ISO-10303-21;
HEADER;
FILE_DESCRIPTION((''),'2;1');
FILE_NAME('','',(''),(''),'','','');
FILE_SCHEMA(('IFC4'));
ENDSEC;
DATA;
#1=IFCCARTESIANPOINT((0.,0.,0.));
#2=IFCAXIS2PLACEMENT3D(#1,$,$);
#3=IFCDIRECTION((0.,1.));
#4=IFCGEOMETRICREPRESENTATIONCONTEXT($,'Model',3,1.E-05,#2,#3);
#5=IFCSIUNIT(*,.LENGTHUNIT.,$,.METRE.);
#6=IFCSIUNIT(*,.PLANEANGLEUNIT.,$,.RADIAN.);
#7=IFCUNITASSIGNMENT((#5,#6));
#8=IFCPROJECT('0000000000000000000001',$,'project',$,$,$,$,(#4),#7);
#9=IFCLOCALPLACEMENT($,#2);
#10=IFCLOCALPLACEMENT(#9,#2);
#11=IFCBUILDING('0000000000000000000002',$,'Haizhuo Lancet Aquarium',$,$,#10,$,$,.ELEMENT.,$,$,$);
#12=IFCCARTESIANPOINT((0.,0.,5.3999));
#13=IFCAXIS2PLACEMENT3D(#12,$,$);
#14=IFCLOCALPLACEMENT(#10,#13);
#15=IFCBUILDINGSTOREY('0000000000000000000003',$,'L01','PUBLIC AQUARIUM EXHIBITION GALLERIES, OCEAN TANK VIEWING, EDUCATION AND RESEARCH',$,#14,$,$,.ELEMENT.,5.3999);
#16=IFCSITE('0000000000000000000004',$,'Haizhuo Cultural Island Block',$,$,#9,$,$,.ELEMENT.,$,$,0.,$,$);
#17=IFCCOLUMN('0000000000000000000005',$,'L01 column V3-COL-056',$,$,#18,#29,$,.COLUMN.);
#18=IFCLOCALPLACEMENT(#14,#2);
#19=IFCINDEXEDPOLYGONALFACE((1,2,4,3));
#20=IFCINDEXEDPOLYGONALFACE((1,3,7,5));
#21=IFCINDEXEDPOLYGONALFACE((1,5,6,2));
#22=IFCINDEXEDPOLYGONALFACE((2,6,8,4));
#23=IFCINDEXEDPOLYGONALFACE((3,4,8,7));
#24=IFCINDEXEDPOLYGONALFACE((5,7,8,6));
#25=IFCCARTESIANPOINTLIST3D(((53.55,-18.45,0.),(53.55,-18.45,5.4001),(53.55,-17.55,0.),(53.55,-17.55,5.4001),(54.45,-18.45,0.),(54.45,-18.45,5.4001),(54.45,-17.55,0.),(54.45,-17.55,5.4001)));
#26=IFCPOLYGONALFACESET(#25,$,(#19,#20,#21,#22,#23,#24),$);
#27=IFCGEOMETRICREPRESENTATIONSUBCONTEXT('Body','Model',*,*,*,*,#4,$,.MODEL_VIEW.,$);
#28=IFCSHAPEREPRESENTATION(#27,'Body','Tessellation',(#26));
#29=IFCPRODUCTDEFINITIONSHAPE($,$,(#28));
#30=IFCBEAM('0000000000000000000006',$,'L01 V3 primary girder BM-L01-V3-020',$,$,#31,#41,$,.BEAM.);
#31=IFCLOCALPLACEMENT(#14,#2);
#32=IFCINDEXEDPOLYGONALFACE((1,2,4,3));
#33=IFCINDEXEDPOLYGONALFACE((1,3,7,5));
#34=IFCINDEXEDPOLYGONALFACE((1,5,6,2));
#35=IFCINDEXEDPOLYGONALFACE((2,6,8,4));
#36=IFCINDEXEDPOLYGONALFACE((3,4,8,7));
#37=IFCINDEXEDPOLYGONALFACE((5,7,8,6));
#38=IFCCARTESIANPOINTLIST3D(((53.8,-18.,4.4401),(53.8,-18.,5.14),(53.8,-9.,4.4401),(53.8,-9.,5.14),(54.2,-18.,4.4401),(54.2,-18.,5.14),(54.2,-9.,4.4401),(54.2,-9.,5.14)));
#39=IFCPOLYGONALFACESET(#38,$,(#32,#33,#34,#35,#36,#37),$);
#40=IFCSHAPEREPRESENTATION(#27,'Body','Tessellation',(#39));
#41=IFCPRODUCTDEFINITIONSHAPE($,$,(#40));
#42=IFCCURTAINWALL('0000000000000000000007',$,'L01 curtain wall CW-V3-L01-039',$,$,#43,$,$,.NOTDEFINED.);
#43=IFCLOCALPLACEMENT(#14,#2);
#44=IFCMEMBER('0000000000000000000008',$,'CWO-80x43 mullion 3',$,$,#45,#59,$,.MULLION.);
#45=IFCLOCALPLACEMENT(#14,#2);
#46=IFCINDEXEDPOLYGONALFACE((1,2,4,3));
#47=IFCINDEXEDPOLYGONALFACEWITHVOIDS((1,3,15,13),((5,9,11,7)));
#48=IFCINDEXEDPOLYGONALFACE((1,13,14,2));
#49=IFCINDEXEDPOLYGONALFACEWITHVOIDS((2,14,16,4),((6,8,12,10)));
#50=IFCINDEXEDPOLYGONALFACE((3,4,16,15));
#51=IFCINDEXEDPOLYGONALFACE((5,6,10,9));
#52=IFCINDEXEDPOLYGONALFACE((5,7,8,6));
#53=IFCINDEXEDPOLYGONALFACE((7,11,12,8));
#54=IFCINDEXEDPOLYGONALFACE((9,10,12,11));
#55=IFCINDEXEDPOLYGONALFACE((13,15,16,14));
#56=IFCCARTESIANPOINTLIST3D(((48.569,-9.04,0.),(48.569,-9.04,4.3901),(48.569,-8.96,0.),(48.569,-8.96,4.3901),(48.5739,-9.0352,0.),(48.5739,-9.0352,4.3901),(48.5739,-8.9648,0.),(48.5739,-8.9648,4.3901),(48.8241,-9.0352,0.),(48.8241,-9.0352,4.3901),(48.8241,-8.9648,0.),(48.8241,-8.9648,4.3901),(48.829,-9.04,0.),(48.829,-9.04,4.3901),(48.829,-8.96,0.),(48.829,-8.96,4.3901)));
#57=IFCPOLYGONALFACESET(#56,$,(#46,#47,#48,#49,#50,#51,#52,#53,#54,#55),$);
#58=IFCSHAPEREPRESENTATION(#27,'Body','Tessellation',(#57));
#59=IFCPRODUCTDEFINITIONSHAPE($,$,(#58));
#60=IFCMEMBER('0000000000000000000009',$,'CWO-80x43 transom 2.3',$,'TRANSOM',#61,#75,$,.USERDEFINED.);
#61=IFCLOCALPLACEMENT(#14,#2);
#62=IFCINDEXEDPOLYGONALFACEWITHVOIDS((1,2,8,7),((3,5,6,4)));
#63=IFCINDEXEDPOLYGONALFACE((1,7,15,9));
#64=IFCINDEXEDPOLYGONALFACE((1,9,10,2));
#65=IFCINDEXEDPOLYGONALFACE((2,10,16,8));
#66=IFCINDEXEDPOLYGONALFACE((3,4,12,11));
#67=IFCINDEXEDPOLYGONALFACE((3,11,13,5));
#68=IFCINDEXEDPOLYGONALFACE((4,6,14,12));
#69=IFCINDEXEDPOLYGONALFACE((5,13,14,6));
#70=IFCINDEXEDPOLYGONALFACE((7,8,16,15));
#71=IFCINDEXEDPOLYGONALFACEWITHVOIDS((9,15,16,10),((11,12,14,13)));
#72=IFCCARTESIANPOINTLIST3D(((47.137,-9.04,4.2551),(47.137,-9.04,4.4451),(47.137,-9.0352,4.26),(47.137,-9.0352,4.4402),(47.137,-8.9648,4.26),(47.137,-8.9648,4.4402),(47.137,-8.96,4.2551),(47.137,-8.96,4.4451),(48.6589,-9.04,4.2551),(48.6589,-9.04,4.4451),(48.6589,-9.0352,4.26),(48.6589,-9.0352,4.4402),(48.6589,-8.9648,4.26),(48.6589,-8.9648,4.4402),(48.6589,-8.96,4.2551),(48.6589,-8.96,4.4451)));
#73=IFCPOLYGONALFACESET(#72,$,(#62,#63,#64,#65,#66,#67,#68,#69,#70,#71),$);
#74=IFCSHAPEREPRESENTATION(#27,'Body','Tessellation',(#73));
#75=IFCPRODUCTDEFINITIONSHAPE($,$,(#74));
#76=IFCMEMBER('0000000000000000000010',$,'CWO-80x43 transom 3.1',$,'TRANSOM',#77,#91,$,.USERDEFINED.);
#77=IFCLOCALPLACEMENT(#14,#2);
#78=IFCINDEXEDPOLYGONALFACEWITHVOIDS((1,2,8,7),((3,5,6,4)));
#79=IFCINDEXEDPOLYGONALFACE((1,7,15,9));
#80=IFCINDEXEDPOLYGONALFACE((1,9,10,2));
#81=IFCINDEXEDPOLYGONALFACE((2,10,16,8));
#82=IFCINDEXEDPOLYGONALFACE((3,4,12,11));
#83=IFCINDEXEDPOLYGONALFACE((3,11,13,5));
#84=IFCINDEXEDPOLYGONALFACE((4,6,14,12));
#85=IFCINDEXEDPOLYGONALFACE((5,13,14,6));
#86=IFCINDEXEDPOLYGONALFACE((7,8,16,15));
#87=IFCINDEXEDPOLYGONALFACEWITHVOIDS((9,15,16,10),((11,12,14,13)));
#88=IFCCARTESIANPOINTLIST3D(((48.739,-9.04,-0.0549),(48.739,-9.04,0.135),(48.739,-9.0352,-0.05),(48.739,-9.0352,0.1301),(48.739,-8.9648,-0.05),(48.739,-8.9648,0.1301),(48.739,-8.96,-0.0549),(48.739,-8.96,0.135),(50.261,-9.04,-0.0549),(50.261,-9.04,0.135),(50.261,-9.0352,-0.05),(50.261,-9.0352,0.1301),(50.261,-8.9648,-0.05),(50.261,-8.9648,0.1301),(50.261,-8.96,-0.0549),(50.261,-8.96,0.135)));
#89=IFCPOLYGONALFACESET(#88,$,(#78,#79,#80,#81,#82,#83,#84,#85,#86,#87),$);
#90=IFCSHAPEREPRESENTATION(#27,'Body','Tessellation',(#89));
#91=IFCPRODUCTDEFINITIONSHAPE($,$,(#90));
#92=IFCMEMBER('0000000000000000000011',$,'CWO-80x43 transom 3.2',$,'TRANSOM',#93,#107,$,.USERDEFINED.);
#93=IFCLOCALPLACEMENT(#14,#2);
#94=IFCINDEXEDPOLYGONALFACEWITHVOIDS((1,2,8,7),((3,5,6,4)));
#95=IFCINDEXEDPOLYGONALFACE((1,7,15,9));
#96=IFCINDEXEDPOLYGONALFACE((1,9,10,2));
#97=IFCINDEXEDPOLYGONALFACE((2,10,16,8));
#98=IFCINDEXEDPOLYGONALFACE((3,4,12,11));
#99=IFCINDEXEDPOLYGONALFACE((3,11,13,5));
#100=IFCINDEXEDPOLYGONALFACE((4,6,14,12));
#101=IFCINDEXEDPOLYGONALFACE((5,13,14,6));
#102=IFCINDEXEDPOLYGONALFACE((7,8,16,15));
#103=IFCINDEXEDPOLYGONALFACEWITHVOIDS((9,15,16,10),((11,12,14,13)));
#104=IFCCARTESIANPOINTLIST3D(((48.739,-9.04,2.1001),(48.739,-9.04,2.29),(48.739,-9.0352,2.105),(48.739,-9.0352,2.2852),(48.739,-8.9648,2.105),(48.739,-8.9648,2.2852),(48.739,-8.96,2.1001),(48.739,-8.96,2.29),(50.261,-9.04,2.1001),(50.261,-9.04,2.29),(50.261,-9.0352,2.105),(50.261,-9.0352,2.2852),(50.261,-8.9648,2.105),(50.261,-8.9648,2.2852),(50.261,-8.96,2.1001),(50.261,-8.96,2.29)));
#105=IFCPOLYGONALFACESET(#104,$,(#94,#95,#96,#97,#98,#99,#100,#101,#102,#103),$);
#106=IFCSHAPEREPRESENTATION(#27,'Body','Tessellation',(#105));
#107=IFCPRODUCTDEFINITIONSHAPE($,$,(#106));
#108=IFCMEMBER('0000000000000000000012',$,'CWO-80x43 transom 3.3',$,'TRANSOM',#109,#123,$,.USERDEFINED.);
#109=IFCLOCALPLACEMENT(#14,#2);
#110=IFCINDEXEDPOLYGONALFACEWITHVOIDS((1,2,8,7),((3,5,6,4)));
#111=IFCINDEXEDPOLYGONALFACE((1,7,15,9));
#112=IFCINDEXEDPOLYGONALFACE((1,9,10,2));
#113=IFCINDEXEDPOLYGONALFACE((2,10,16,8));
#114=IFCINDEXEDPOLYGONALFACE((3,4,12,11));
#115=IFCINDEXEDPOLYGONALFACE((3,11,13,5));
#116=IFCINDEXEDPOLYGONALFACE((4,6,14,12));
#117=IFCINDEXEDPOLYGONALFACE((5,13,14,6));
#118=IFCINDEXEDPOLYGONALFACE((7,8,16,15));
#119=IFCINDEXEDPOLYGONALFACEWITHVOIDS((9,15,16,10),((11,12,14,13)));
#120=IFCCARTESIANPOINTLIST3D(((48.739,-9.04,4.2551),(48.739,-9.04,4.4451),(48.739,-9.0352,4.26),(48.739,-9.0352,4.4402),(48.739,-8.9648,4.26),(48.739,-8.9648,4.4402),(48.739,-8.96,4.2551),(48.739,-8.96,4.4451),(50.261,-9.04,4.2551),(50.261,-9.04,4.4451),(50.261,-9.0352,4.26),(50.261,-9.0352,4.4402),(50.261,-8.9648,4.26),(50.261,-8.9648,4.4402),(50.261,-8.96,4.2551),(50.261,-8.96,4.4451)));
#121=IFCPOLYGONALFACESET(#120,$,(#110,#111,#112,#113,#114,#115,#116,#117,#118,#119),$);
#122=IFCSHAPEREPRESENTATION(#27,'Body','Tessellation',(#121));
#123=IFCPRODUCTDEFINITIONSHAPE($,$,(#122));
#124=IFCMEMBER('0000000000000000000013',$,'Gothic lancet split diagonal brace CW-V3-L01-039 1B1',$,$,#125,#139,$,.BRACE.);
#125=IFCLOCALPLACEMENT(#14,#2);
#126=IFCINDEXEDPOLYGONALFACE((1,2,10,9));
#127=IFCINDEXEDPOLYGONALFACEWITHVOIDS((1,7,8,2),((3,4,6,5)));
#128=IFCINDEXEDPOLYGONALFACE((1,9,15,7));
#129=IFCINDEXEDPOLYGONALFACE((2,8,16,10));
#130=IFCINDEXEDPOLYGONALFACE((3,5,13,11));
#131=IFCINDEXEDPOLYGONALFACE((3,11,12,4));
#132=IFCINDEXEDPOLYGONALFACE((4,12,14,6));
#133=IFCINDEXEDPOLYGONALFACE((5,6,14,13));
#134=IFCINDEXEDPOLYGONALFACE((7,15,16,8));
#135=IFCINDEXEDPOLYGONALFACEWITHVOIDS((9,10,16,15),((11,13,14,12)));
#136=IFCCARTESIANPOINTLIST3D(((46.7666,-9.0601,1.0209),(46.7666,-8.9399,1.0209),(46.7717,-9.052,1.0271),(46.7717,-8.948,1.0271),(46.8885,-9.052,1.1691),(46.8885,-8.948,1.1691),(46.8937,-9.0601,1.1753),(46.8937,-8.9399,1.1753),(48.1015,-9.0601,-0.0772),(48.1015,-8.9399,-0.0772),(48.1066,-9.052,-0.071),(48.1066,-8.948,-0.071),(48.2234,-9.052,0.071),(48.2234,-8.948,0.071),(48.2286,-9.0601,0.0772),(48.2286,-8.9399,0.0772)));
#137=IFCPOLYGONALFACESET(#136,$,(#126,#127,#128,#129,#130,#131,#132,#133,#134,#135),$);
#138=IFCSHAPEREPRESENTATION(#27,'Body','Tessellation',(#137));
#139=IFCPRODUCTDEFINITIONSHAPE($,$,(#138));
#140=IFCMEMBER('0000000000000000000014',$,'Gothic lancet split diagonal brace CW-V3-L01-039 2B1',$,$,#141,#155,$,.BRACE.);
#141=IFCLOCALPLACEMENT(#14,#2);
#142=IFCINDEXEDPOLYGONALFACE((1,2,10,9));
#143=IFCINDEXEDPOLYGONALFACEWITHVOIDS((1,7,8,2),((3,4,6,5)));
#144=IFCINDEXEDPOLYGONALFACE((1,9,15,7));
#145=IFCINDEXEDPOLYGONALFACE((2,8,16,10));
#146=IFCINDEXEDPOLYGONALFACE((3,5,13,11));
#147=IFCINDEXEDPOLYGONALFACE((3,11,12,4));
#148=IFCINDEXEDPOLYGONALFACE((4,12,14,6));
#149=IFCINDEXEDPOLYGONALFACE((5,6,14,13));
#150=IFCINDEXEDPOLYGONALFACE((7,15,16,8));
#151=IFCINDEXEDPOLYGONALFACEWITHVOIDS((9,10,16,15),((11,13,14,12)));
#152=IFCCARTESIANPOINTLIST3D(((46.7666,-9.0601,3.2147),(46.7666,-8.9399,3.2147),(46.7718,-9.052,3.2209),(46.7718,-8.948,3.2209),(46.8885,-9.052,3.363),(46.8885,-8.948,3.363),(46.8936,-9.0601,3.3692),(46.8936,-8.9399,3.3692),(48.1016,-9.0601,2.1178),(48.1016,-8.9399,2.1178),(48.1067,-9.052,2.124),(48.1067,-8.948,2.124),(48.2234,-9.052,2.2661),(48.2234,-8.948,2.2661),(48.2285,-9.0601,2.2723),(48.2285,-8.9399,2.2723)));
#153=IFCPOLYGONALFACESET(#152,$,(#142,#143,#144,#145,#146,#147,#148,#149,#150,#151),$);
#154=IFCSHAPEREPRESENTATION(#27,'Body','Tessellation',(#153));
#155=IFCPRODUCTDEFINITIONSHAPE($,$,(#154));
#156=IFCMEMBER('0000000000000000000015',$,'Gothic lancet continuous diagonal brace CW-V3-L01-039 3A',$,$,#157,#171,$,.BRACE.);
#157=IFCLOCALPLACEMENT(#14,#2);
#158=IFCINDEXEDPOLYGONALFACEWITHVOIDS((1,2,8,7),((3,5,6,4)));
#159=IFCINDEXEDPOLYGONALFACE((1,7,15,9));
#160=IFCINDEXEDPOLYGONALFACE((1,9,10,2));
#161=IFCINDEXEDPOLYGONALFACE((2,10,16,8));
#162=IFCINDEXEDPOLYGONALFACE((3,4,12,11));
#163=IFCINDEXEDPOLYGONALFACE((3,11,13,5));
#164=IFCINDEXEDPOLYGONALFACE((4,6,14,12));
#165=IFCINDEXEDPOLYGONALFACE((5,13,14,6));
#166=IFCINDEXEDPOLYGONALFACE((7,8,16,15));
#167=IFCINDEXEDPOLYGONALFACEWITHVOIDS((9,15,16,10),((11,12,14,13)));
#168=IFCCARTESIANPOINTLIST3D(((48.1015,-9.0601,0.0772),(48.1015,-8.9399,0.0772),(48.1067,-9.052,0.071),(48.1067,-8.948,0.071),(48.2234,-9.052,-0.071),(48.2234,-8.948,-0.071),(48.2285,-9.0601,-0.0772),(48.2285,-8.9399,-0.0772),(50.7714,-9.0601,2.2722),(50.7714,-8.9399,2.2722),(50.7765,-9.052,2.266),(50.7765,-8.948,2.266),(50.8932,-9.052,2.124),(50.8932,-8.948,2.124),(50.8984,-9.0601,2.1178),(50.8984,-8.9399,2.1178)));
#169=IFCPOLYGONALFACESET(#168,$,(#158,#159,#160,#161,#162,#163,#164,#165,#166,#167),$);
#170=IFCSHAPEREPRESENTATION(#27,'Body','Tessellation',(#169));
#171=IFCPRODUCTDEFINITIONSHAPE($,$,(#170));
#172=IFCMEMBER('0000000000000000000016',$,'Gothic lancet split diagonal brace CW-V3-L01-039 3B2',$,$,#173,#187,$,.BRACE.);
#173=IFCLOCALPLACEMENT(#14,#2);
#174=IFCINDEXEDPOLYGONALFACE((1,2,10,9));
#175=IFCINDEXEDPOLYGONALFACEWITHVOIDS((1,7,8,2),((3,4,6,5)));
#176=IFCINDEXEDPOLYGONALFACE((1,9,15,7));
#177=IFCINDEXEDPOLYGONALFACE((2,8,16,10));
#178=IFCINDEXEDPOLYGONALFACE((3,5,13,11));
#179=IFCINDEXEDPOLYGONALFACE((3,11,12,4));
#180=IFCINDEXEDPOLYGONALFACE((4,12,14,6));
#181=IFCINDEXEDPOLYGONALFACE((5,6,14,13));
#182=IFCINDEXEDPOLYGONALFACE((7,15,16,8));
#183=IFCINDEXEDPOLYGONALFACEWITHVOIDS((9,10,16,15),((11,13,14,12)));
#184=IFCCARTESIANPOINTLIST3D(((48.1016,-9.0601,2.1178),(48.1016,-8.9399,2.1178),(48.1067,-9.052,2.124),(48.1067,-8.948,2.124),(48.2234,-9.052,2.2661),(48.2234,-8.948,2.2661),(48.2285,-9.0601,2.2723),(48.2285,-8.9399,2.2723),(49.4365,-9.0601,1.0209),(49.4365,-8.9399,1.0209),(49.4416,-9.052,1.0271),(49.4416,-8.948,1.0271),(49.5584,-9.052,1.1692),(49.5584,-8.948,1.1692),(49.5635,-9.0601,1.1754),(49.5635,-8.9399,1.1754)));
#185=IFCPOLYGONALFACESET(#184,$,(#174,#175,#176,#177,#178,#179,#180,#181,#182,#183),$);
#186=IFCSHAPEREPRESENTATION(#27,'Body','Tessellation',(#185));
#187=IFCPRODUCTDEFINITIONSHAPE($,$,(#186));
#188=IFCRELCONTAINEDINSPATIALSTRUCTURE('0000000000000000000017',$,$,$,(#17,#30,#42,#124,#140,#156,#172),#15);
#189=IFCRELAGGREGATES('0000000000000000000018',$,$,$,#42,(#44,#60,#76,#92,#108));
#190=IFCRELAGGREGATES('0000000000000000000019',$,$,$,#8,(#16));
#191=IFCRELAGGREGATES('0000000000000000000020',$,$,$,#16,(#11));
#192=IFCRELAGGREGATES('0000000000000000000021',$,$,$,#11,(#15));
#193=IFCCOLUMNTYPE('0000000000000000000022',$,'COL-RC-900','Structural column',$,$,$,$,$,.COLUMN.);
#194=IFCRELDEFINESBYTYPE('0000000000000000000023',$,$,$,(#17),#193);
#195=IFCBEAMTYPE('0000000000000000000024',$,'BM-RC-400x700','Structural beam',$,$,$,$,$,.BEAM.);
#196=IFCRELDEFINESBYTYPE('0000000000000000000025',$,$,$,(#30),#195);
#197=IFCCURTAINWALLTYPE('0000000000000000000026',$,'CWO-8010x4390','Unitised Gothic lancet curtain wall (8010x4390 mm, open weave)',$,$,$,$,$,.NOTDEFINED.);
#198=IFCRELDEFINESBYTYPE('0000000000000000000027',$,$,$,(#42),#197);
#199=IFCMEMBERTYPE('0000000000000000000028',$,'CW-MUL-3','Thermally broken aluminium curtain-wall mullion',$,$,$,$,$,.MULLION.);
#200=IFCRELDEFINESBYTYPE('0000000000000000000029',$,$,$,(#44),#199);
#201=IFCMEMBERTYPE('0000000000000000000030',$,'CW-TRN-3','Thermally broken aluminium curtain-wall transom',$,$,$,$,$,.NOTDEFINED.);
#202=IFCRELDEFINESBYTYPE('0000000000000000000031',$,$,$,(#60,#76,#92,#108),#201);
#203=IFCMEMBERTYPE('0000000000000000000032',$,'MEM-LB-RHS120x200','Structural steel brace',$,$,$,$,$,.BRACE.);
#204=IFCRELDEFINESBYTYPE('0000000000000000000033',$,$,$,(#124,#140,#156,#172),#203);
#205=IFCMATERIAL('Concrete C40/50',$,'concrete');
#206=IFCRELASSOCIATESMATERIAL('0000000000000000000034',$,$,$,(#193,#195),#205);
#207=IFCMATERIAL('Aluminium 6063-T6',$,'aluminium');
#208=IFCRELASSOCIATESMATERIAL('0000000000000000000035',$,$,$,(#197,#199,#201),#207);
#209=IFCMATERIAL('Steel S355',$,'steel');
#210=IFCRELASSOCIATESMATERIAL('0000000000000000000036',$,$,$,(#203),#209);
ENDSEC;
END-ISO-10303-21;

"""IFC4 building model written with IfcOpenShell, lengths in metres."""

from ifc_helpers import new_model, si_unit, direction, frame, origin, origin_2d, place, context, subcontext, project, spatial, rectangle, hollow_rectangle, extrude, material, material_profile, profile_set, type_object, element, aggregate, save


model = new_model("IFC4")

# Units and contexts
model_context = context("Model", 3, precision=1e-05, world=origin(), true_north=direction((0.0, 1.0)))
body_context = subcontext(model_context, "Body", "Model", "MODEL_VIEW")
ifc_project = project(units=[si_unit("LENGTHUNIT", "METRE"), si_unit("PLANEANGLEUNIT", "RADIAN")], contexts=[model_context])

# Site, building, storey
site_placement = place(None, origin())
site = spatial("IfcSite", under=ifc_project, at=site_placement, Name="Haizhuo Cultural Island Block", CompositionType="ELEMENT", RefElevation=0.0)
building_placement = place(site_placement, origin())
building = spatial("IfcBuilding", under=site, at=building_placement, Name="Haizhuo Lancet Aquarium", CompositionType="ELEMENT")
storey_placement = place(building_placement, frame((0.0, 0.0, 5.3999)))
storey = spatial("IfcBuildingStorey", under=building, at=storey_placement, Name="L01", Description="PUBLIC AQUARIUM EXHIBITION GALLERIES, OCEAN TANK VIEWING, EDUCATION AND RESEARCH", CompositionType="ELEMENT", Elevation=5.3999)

# Column
ifc_material_1 = material(Name="Concrete C40/50", Category="concrete")
ifc_material_profile_1 = material_profile(ifc_material_1, rectangle(XDim=0.8999, YDim=0.8999, at=origin_2d()), Name="RC-COL 900x900")
ifc_profile_set_1 = profile_set([ifc_material_profile_1], Name="Concrete C40/50")
column_type = type_object("IfcColumnType", Name="COL-RC-900", Description="Structural column", PredefinedType="COLUMN", material=ifc_profile_set_1)
column_placement = place(storey_placement, frame((54.0, -18.0, 0.0), z_axis=(0.0, 0.0, 1.0), x_axis=(1.0, 0.0, 0.0)))
element("IfcColumn", 1, at=column_placement, inside=storey, type_object=column_type, Name="L01 column V3-COL-056", PredefinedType="COLUMN", context=body_context, shape_type="SweptSolid", body=[
    extrude(rectangle(XDim=0.8999, YDim=0.8999, at=origin_2d()), origin(), (0.0, 0.0, 1.0), 5.4001),
])

# Beam
ifc_material_profile_2 = material_profile(ifc_material_1, rectangle(XDim=0.3999, YDim=0.7, at=origin_2d()), Name="RC-BM 400x700")
ifc_profile_set_2 = profile_set([ifc_material_profile_2], Name="Concrete C40/50")
beam_type = type_object("IfcBeamType", Name="BM-RC-400x700", Description="Structural beam", PredefinedType="BEAM", material=ifc_profile_set_2)
beam_placement = place(storey_placement, frame((54.0, -18.0, 4.79), z_axis=(0.0, 1.0, 0.0), x_axis=(-1.0, 0.0, 0.0)))
element("IfcBeam", 2, at=beam_placement, inside=storey, type_object=beam_type, Name="L01 V3 primary girder BM-L01-V3-020", PredefinedType="BEAM", context=body_context, shape_type="SweptSolid", body=[
    extrude(rectangle(XDim=0.3999, YDim=0.7, at=origin_2d()), origin(), (0.0, 0.0, 1.0), 9.0),
])

# Curtain wall, members
ifc_material_2 = material(Name="Aluminium 6063-T6", Category="aluminium")
curtain_wall_type = type_object("IfcCurtainWallType", Name="CWO-8010x4390", Description="Unitised Gothic lancet curtain wall (8010x4390 mm, open weave)", PredefinedType="NOTDEFINED", material=ifc_material_2)
curtain_wall_placement = place(storey_placement, origin())
curtain_wall = element("IfcCurtainWall", 3, at=curtain_wall_placement, inside=storey, type_object=curtain_wall_type, Name="L01 curtain wall CW-V3-L01-039", PredefinedType="NOTDEFINED")
ifc_material_profile_3 = material_profile(ifc_material_2, hollow_rectangle(XDim=0.0801, YDim=0.26, WallThickness=0.0049, at=origin_2d()), Name="ALU-M 80x260x5")
ifc_profile_set_3 = profile_set([ifc_material_profile_3], Name="Aluminium 6063-T6")
member_type_1 = type_object("IfcMemberType", Name="CW-MUL-3", Description="Thermally broken aluminium curtain-wall mullion", PredefinedType="MULLION", material=ifc_profile_set_3)
member_1_placement = place(storey_placement, frame((48.699, -9.0, 0.0), z_axis=(0.0, 0.0, 1.0), x_axis=(0.0, 1.0, 0.0)))
member_1 = element("IfcMember", 4, at=member_1_placement, type_object=member_type_1, Name="CWO-80x43 mullion 3", PredefinedType="MULLION", context=body_context, shape_type="SweptSolid", body=[
    extrude(hollow_rectangle(XDim=0.0801, YDim=0.26, WallThickness=0.0049, at=origin_2d()), origin(), (0.0, 0.0, 1.0), 4.3901),
])
ifc_material_profile_4 = material_profile(ifc_material_2, hollow_rectangle(XDim=0.0801, YDim=0.1899, WallThickness=0.0049, at=origin_2d()), Name="ALU-T 80x190x5")
ifc_profile_set_4 = profile_set([ifc_material_profile_4], Name="Aluminium 6063-T6")
member_type_2 = type_object("IfcMemberType", Name="CW-TRN-3", Description="Thermally broken aluminium curtain-wall transom", PredefinedType="NOTDEFINED", material=ifc_profile_set_4)
member_2_placement = place(storey_placement, frame((47.137, -9.0, 4.3501), z_axis=(1.0, 0.0, 0.0), x_axis=(0.0, 1.0, 0.0)))
member_2 = element("IfcMember", 5, at=member_2_placement, type_object=member_type_2, Name="CWO-80x43 transom 2.3", ObjectType="TRANSOM", PredefinedType="USERDEFINED", context=body_context, shape_type="SweptSolid", body=[
    extrude(hollow_rectangle(XDim=0.0801, YDim=0.1899, WallThickness=0.0049, at=origin_2d()), origin(), (0.0, 0.0, 1.0), 1.522),
])
member_3_placement = place(storey_placement, frame((48.739, -9.0, 0.04), z_axis=(1.0, 0.0, 0.0), x_axis=(0.0, 1.0, 0.0)))
member_3 = element("IfcMember", 6, at=member_3_placement, type_object=member_type_2, Name="CWO-80x43 transom 3.1", ObjectType="TRANSOM", PredefinedType="USERDEFINED", context=body_context, shape_type="SweptSolid", body=[
    extrude(hollow_rectangle(XDim=0.0801, YDim=0.1899, WallThickness=0.0049, at=origin_2d()), origin(), (0.0, 0.0, 1.0), 1.522),
])
member_4_placement = place(storey_placement, frame((48.739, -9.0, 2.1951), z_axis=(1.0, 0.0, 0.0), x_axis=(0.0, 1.0, 0.0)))
member_4 = element("IfcMember", 7, at=member_4_placement, type_object=member_type_2, Name="CWO-80x43 transom 3.2", ObjectType="TRANSOM", PredefinedType="USERDEFINED", context=body_context, shape_type="SweptSolid", body=[
    extrude(hollow_rectangle(XDim=0.0801, YDim=0.1899, WallThickness=0.0049, at=origin_2d()), origin(), (0.0, 0.0, 1.0), 1.522),
])
member_5_placement = place(storey_placement, frame((48.739, -9.0, 4.3501), z_axis=(1.0, 0.0, 0.0), x_axis=(0.0, 1.0, 0.0)))
member_5 = element("IfcMember", 8, at=member_5_placement, type_object=member_type_2, Name="CWO-80x43 transom 3.3", ObjectType="TRANSOM", PredefinedType="USERDEFINED", context=body_context, shape_type="SweptSolid", body=[
    extrude(hollow_rectangle(XDim=0.0801, YDim=0.1899, WallThickness=0.0049, at=origin_2d()), origin(), (0.0, 0.0, 1.0), 1.522),
])

# Members
ifc_material_3 = material(Name="Steel S355", Category="steel")
ifc_material_profile_5 = material_profile(ifc_material_3, hollow_rectangle(XDim=0.1201, YDim=0.2, WallThickness=0.0081, at=origin_2d()), Name="RHS 120x200x8")
ifc_profile_set_5 = profile_set([ifc_material_profile_5], Name="Steel S355")
member_type_3 = type_object("IfcMemberType", Name="MEM-LB-RHS120x200", Description="Structural steel brace", PredefinedType="BRACE", material=ifc_profile_set_5)
member_6_placement = place(storey_placement, frame((48.165, -9.0, 0.0), z_axis=(-0.772281, 0.0, 0.635281), x_axis=(0.0, -1.0, 0.0)))
element("IfcMember", 9, at=member_6_placement, inside=storey, type_object=member_type_3, Name="Gothic lancet split diagonal brace CW-V3-L01-039 1B1", PredefinedType="BRACE", context=body_context, shape_type="SweptSolid", body=[
    extrude(hollow_rectangle(XDim=0.1201, YDim=0.2, WallThickness=0.0081, at=origin_2d()), origin(), (0.0, 0.0, 1.0), 1.7285),
])
member_7_placement = place(storey_placement, frame((48.165, -9.0, 2.1951), z_axis=(-0.772627, 0.0, 0.63486), x_axis=(0.0, -1.0, 0.0)))
element("IfcMember", 10, at=member_7_placement, inside=storey, type_object=member_type_3, Name="Gothic lancet split diagonal brace CW-V3-L01-039 2B1", PredefinedType="BRACE", context=body_context, shape_type="SweptSolid", body=[
    extrude(hollow_rectangle(XDim=0.1201, YDim=0.2, WallThickness=0.0081, at=origin_2d()), origin(), (0.0, 0.0, 1.0), 1.7278),
])
member_8_placement = place(storey_placement, frame((48.165, -9.0, 0.0), z_axis=(0.772454, 0.0, 0.635071), x_axis=(0.0, 1.0, 0.0)))
element("IfcMember", 11, at=member_8_placement, inside=storey, type_object=member_type_3, Name="Gothic lancet continuous diagonal brace CW-V3-L01-039 3A", PredefinedType="BRACE", context=body_context, shape_type="SweptSolid", body=[
    extrude(hollow_rectangle(XDim=0.1201, YDim=0.2, WallThickness=0.0081, at=origin_2d()), origin(), (0.0, 0.0, 1.0), 3.4563),
])
member_9_placement = place(storey_placement, frame((49.5, -9.0, 1.0981), z_axis=(-0.772627, 0.0, 0.63486), x_axis=(0.0, -1.0, 0.0)))
element("IfcMember", 12, at=member_9_placement, inside=storey, type_object=member_type_3, Name="Gothic lancet split diagonal brace CW-V3-L01-039 3B2", PredefinedType="BRACE", context=body_context, shape_type="SweptSolid", body=[
    extrude(hollow_rectangle(XDim=0.1201, YDim=0.2, WallThickness=0.0081, at=origin_2d()), origin(), (0.0, 0.0, 1.0), 1.7278),
])

aggregate(curtain_wall, [member_1, member_2, member_3, member_4, member_5])

save(model, "model.ifc")
